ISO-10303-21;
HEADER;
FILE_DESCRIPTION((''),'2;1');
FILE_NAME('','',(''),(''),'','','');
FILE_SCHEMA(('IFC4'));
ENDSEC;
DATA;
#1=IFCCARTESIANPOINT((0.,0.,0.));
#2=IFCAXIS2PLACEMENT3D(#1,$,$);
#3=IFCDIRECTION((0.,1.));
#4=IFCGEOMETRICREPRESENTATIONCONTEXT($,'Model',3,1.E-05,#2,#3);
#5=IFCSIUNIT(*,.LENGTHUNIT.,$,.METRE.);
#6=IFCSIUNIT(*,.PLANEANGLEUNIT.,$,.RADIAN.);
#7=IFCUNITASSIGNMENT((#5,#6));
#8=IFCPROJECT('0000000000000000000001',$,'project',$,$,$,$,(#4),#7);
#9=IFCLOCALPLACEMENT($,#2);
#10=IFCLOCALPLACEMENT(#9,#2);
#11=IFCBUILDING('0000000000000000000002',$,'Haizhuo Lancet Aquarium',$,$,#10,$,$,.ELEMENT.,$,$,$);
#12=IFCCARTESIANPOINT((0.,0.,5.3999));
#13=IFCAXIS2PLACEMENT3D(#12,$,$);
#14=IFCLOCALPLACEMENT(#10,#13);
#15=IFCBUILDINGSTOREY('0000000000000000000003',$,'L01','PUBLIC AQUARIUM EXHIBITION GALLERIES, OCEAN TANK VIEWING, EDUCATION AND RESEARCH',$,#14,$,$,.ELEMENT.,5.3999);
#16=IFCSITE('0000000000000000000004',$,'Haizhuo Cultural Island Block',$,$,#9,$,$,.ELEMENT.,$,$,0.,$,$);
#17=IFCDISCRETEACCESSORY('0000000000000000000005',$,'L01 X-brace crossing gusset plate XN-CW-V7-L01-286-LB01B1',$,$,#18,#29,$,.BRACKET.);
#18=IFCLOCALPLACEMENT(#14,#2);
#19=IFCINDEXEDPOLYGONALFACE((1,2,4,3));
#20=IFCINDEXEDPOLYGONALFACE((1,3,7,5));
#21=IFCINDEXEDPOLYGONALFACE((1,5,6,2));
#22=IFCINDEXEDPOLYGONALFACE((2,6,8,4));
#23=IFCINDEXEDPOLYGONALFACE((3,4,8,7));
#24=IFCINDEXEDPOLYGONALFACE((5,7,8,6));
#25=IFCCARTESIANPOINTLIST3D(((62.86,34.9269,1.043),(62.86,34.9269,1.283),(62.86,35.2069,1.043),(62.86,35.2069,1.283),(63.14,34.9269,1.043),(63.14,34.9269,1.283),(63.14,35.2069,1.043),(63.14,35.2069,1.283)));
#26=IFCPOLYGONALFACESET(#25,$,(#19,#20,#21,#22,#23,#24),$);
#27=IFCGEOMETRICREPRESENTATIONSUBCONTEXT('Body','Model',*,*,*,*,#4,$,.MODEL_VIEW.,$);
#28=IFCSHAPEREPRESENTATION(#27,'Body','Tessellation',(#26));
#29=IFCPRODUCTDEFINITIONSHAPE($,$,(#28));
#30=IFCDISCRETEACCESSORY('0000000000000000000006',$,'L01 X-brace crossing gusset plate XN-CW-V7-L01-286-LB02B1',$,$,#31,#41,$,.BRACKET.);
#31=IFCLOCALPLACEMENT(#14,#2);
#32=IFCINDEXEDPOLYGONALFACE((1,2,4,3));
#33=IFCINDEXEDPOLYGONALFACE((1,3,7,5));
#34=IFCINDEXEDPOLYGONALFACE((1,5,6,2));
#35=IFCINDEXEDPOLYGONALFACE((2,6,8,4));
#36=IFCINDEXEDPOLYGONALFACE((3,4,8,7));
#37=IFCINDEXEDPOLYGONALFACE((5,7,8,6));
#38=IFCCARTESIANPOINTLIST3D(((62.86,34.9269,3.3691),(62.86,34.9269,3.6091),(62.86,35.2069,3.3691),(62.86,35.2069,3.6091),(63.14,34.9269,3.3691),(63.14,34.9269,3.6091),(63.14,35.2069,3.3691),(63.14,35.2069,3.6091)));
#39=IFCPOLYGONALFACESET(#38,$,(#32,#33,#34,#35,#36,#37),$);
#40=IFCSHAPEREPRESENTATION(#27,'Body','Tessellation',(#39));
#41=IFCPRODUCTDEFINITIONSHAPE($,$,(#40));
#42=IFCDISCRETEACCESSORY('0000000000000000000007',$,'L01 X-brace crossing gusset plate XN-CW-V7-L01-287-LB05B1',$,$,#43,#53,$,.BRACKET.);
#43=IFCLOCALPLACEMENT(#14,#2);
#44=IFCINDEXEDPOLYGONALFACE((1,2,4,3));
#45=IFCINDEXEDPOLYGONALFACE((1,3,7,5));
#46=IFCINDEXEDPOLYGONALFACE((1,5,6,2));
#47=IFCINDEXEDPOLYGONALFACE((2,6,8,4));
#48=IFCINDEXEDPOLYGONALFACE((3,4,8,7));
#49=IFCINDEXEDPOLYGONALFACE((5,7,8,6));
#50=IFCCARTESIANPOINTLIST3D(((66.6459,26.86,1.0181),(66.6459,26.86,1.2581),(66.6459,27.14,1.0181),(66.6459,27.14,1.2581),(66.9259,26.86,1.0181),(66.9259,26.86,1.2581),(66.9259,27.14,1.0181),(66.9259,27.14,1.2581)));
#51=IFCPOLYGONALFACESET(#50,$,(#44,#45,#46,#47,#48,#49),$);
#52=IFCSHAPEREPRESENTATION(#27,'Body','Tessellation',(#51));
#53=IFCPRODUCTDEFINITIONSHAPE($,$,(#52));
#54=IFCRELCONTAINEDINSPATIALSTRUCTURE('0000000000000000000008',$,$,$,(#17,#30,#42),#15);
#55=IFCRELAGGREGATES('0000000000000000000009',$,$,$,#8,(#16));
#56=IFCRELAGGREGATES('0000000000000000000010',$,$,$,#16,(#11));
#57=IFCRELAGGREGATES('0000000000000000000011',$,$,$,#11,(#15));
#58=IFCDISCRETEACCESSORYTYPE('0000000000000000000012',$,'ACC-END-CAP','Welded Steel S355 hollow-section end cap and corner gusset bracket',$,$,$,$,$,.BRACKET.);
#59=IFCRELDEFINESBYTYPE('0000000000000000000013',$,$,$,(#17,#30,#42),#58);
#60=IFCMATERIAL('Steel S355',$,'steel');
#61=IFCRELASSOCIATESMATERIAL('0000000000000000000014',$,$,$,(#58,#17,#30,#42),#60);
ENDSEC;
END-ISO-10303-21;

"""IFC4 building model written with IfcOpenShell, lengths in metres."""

from ifc_helpers import new_model, si_unit, direction, frame, origin, origin_2d, place, context, subcontext, project, spatial, rectangle, extrude, material, type_object, element, save


model = new_model("IFC4")

# Units and contexts
model_context = context("Model", 3, precision=1e-05, world=origin(), true_north=direction((0.0, 1.0)))
body_context = subcontext(model_context, "Body", "Model", "MODEL_VIEW")
ifc_project = project(units=[si_unit("LENGTHUNIT", "METRE"), si_unit("PLANEANGLEUNIT", "RADIAN")], contexts=[model_context])

# Site, building, storey
site_placement = place(None, origin())
site = spatial("IfcSite", under=ifc_project, at=site_placement, Name="Haizhuo Cultural Island Block", CompositionType="ELEMENT", RefElevation=0.0)
building_placement = place(site_placement, origin())
building = spatial("IfcBuilding", under=site, at=building_placement, Name="Haizhuo Lancet Aquarium", CompositionType="ELEMENT")
storey_placement = place(building_placement, frame((0.0, 0.0, 5.3999)))
storey = spatial("IfcBuildingStorey", under=building, at=storey_placement, Name="L01", Description="PUBLIC AQUARIUM EXHIBITION GALLERIES, OCEAN TANK VIEWING, EDUCATION AND RESEARCH", CompositionType="ELEMENT", Elevation=5.3999)

# Shared definitions
ifc_material_1 = material(Name="Steel S355", Category="steel")

# Discrete accessories
discrete_accessory_type = type_object("IfcDiscreteAccessoryType", Name="ACC-END-CAP", Description="Welded Steel S355 hollow-section end cap and corner gusset bracket", PredefinedType="BRACKET", material=ifc_material_1)
for number, where, z_axis, x_axis, name in (
    (1, (63.0, 35.0669, 1.043), (0.0, 0.0, 1.0), (1.0, 0.0, 0.0), "L01 X-brace crossing gusset plate XN-CW-V7-L01-286-LB01B1"),
    (2, (63.0, 35.0669, 3.3691), (0.0, 0.0, 1.0), (1.0, 0.0, 0.0), "L01 X-brace crossing gusset plate XN-CW-V7-L01-286-LB02B1"),
    (3, (66.7859, 27.0, 1.0181), (0.0, 0.0, 1.0), (1.0, 0.0, 0.0), "L01 X-brace crossing gusset plate XN-CW-V7-L01-287-LB05B1"),
):
    element("IfcDiscreteAccessory", number, at=place(storey_placement, frame(where, z_axis=z_axis, x_axis=x_axis)), inside=storey, type_object=discrete_accessory_type, material=ifc_material_1, Name=name, PredefinedType="BRACKET", context=body_context, shape_type="SweptSolid", body=[
        extrude(rectangle(XDim=0.28, YDim=0.28, at=origin_2d()), origin(), (0.0, 0.0, 1.0), 0.24),
    ])

save(model, "model.ifc")
